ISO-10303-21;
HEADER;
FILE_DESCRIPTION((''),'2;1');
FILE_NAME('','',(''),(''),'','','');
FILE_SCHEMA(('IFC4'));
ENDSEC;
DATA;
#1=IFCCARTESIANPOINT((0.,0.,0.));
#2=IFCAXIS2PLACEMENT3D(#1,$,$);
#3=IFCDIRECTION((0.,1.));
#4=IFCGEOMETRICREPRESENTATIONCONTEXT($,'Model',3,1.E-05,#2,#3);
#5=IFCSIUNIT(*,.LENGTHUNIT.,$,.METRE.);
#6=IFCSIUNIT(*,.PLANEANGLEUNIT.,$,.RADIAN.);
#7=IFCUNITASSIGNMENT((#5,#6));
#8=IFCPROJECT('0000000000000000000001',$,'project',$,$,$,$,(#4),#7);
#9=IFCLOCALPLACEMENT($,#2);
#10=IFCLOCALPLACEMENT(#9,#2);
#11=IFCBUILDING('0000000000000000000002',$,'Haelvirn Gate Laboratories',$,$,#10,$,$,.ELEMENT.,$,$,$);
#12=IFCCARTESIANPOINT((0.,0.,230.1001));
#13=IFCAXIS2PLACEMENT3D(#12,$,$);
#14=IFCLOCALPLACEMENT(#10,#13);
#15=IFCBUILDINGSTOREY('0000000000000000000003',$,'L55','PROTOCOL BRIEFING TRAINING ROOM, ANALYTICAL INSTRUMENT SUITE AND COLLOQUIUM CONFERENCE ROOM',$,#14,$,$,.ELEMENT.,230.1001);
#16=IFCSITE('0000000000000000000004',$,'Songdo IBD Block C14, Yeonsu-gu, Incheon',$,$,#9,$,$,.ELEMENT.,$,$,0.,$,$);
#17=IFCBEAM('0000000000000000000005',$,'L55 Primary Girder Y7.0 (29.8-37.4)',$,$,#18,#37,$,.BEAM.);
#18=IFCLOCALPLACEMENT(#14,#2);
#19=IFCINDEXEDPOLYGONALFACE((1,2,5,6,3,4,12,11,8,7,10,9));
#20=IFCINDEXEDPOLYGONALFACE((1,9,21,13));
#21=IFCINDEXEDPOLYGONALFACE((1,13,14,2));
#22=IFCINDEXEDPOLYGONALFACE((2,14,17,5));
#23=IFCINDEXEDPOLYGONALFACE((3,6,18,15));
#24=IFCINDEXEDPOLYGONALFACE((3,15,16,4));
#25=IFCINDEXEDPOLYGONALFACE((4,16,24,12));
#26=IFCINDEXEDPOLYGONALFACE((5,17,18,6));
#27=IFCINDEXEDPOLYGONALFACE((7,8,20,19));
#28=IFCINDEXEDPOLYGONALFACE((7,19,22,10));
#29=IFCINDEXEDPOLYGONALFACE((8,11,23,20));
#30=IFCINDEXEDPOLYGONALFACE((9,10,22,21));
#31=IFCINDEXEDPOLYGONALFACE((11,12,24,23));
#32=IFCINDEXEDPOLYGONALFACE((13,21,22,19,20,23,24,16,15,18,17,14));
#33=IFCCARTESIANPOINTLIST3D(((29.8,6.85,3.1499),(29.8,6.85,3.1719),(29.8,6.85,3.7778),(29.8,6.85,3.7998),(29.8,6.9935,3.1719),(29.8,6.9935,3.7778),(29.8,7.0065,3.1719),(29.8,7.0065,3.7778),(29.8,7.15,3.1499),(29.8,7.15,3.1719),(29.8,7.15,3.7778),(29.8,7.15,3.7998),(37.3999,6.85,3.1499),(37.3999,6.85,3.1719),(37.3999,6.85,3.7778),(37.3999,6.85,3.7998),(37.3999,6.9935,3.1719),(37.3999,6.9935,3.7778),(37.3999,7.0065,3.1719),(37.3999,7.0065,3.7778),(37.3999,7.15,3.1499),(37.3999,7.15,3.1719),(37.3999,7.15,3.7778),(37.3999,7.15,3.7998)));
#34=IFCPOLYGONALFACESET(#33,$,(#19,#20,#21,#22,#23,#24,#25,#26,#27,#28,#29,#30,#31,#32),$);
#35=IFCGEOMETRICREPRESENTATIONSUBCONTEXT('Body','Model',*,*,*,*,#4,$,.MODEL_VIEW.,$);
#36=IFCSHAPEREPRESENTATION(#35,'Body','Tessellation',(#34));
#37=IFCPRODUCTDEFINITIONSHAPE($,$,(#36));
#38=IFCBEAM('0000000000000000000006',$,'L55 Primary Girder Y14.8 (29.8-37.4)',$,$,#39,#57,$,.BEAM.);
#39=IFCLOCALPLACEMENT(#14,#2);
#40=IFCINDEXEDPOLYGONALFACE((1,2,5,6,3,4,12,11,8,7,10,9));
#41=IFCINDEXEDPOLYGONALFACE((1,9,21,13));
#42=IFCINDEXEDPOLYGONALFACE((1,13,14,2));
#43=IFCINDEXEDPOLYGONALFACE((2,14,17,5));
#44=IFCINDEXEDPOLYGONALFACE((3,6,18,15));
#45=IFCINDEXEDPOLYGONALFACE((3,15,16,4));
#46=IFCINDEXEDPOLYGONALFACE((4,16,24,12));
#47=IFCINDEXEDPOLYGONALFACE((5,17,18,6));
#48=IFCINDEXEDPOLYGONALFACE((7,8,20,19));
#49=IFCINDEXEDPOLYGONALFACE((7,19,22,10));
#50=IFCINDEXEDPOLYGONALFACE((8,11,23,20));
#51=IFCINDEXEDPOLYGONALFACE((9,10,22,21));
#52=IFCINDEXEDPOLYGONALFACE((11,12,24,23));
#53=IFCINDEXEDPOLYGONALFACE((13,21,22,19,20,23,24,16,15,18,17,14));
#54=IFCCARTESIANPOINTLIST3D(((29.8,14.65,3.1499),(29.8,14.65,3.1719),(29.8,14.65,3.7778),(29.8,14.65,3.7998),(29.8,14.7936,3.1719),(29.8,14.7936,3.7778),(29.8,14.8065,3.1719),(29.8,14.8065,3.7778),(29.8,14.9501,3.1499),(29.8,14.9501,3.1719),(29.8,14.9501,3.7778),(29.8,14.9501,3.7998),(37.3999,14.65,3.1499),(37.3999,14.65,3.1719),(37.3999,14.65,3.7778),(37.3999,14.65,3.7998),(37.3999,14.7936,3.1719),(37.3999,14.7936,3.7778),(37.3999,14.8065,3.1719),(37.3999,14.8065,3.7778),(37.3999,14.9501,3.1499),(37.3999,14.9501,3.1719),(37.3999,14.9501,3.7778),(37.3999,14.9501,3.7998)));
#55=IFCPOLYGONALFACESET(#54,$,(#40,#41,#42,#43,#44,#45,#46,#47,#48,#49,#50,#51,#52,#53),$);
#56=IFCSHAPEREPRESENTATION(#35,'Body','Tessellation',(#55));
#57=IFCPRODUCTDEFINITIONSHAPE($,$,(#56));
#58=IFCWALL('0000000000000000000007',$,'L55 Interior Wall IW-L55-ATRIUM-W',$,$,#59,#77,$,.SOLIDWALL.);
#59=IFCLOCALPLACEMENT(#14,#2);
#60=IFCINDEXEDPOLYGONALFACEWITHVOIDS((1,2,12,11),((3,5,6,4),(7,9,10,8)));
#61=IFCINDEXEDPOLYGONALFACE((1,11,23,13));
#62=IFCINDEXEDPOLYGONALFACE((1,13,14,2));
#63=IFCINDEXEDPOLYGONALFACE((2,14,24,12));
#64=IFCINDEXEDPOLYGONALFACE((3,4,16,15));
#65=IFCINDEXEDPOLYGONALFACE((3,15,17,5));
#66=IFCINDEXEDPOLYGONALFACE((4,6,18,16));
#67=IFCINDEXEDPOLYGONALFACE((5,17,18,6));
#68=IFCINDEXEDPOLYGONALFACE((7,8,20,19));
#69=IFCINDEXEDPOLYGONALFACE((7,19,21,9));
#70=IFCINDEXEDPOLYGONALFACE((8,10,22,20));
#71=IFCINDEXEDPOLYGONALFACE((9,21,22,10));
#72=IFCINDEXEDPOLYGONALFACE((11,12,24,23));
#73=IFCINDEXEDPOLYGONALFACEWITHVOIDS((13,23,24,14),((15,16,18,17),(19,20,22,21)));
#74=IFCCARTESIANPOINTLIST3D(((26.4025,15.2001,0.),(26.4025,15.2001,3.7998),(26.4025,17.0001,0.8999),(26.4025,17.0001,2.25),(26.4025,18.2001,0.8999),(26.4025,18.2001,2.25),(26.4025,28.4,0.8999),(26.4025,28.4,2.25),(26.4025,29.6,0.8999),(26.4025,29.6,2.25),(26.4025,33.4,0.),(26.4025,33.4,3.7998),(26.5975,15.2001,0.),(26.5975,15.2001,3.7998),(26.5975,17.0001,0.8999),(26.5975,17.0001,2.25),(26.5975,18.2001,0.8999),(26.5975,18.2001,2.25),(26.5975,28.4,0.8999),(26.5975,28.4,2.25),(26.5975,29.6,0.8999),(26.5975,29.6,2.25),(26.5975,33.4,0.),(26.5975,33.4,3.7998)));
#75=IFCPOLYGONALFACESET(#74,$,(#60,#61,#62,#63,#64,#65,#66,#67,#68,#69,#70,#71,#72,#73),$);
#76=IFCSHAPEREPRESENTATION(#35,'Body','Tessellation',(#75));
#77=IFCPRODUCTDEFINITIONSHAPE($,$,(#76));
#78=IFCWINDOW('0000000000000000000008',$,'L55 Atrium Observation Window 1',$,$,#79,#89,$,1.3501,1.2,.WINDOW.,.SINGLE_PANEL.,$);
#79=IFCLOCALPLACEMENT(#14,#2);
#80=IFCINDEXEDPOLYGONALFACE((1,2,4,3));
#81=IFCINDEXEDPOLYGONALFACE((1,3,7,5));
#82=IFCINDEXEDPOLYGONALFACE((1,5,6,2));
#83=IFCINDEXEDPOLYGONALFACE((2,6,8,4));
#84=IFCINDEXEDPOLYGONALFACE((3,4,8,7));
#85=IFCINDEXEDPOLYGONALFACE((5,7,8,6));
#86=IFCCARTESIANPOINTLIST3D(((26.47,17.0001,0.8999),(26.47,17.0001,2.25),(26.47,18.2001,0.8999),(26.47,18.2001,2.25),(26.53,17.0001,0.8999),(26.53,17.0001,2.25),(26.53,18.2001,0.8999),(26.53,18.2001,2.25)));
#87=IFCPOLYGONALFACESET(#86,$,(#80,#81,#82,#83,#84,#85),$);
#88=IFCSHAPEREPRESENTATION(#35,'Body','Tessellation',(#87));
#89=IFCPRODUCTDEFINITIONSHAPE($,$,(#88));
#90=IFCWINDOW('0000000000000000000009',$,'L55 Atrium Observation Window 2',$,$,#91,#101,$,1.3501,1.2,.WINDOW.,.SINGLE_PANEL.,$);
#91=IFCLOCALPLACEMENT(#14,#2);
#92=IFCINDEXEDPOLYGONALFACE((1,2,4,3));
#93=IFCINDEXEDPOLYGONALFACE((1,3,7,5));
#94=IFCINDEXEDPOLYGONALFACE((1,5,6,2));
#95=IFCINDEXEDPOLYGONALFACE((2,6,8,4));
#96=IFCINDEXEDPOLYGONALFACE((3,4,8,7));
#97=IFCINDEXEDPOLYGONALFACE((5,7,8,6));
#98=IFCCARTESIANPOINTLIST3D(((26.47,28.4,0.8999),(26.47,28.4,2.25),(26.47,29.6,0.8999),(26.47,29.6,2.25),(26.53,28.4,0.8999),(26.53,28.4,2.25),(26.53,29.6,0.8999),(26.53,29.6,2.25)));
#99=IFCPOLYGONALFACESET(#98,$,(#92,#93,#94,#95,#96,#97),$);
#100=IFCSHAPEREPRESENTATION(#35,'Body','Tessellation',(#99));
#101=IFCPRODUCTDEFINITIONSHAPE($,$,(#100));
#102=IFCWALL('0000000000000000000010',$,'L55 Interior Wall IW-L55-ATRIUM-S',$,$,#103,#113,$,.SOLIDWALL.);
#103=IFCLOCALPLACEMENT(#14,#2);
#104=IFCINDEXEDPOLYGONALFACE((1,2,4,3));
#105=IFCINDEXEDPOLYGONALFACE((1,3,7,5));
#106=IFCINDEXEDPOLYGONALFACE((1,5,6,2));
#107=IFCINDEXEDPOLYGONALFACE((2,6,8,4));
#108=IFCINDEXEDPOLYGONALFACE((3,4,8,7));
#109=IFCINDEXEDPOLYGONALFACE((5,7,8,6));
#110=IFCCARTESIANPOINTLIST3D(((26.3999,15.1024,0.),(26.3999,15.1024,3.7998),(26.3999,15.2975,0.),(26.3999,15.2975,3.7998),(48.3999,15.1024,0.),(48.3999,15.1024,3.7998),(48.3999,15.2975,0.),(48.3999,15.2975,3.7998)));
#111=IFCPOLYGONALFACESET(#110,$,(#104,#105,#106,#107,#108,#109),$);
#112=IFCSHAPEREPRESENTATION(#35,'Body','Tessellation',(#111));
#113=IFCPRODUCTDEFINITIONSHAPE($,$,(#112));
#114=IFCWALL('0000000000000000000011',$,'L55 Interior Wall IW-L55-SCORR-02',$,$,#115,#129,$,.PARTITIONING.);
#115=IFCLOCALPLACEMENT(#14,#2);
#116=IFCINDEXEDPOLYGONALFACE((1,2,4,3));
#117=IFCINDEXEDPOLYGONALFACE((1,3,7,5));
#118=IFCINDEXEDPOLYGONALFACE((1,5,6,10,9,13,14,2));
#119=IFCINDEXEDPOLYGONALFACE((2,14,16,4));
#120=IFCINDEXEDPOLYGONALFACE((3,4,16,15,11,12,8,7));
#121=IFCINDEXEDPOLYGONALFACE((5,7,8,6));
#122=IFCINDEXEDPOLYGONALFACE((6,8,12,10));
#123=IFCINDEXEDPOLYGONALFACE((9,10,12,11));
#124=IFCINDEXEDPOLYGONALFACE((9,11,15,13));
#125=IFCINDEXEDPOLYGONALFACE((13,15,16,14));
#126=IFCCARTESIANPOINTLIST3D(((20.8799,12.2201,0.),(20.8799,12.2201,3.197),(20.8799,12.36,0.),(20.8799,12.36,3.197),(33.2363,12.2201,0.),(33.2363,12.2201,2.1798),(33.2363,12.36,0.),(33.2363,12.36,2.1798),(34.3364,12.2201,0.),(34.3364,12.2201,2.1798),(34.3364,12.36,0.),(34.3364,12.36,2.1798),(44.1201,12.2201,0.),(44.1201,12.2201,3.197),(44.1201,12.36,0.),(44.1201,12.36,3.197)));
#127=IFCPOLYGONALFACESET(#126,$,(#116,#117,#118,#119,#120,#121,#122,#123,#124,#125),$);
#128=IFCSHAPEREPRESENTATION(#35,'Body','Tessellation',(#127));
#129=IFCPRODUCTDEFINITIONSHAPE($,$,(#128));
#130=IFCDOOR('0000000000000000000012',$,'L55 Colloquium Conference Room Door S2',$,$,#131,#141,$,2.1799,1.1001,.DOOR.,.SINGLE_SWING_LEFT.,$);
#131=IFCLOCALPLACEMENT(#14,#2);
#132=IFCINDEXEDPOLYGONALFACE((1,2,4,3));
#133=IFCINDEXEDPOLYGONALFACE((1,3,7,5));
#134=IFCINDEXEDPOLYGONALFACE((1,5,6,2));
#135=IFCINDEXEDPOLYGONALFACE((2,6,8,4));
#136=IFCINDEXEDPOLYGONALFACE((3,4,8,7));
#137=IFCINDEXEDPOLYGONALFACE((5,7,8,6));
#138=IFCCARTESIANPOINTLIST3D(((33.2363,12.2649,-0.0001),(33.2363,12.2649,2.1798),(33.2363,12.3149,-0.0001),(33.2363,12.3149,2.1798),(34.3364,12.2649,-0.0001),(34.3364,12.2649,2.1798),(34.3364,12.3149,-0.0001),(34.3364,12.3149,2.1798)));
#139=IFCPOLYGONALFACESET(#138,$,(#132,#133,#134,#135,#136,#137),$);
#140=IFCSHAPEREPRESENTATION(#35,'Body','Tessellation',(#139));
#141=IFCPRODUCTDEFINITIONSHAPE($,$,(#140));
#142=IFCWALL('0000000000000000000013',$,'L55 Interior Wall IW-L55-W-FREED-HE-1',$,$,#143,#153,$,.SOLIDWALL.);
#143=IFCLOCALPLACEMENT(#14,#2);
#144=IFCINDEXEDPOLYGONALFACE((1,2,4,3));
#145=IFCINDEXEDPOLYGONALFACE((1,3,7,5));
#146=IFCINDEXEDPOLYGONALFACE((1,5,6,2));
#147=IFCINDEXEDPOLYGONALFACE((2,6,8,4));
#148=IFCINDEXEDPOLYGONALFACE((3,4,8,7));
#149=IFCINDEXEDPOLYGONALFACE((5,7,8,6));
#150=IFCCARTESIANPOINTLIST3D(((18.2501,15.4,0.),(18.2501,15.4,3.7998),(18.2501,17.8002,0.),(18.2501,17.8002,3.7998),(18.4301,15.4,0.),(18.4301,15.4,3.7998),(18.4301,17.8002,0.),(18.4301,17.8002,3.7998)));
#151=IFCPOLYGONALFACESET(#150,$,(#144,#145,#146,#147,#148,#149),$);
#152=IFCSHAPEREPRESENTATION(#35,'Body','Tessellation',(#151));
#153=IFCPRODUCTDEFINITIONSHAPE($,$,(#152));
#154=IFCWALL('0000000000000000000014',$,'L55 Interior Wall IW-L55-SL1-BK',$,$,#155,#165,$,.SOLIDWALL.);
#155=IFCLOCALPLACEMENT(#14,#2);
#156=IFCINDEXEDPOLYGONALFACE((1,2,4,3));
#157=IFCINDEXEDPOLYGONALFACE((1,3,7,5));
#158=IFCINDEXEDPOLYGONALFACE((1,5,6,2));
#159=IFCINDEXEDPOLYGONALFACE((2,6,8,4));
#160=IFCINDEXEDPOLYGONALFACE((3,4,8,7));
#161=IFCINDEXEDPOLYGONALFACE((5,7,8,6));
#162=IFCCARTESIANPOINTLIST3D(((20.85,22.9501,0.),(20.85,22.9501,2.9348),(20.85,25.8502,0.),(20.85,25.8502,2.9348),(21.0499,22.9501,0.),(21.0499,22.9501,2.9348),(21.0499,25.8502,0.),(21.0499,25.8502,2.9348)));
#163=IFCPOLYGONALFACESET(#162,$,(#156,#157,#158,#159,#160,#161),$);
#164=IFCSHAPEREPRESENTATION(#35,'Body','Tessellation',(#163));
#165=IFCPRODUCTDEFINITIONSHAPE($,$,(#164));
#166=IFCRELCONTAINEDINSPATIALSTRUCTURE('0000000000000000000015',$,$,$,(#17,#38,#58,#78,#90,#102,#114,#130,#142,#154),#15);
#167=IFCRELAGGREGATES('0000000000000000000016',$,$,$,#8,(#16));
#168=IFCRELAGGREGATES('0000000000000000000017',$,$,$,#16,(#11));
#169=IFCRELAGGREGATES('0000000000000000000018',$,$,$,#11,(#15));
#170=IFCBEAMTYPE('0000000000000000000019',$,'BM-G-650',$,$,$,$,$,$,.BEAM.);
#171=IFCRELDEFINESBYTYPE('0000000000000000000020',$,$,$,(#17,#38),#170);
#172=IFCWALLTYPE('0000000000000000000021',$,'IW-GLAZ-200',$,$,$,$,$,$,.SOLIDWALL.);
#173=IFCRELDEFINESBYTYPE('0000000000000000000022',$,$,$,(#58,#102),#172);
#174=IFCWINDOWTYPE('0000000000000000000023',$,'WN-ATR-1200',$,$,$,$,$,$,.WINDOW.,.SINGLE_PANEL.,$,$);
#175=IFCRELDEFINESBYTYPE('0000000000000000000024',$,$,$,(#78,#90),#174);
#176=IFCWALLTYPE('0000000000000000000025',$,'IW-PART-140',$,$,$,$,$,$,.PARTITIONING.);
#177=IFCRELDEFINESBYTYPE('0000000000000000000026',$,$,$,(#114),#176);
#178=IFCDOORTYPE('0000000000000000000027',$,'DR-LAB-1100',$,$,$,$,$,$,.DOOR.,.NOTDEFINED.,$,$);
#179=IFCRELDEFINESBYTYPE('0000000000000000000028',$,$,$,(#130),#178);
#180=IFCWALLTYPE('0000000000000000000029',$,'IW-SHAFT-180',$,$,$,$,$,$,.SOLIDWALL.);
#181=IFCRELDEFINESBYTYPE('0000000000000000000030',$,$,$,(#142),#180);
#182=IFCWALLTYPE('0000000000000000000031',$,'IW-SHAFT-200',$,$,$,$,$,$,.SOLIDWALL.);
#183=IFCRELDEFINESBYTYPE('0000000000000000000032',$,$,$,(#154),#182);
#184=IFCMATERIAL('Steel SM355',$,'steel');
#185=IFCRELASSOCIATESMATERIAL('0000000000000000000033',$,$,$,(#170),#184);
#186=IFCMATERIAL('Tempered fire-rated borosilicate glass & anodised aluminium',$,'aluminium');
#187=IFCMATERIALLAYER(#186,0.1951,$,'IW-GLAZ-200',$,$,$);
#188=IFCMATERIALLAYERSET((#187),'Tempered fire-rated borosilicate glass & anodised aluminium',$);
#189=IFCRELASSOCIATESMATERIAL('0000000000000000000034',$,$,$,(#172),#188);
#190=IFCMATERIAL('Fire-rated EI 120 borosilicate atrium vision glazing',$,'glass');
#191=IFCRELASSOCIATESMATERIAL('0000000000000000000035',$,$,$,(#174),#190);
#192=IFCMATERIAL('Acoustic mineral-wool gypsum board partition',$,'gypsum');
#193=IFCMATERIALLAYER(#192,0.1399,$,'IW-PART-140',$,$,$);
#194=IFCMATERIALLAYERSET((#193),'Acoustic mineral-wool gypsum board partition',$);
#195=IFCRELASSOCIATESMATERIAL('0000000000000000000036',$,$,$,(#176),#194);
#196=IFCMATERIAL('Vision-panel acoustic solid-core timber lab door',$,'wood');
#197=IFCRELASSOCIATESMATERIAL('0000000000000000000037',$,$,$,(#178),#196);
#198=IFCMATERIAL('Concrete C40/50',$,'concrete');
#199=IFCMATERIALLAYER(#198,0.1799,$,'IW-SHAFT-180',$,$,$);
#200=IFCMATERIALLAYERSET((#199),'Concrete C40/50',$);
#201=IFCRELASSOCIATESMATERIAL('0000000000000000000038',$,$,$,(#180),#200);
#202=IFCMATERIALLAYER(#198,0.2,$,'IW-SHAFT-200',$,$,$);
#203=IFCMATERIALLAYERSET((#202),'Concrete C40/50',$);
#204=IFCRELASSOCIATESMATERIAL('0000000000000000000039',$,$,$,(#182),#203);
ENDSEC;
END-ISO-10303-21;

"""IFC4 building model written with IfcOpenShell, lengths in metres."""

from ifc_helpers import new_model, si_unit, direction, frame, frame_2d, origin, origin_2d, place, context, subcontext, project, spatial, rectangle, i_section, extrude, source, transform, mapped, material, layer, layer_set, material_profile, profile_set, type_object, type_shapes, element, fill, save


model = new_model("IFC4")

# Units and contexts
model_context = context("Model", 3, precision=1e-05, world=origin(), true_north=direction((0.0, 1.0)))
body_context = subcontext(model_context, "Body", "Model", "MODEL_VIEW")
ifc_project = project(units=[si_unit("LENGTHUNIT", "METRE"), si_unit("PLANEANGLEUNIT", "RADIAN")], contexts=[model_context])

# Site, building, storey
site_placement = place(None, origin())
site = spatial("IfcSite", under=ifc_project, at=site_placement, Name="Songdo IBD Block C14, Yeonsu-gu, Incheon", CompositionType="ELEMENT", RefElevation=0.0)
building_placement = place(site_placement, origin())
building = spatial("IfcBuilding", under=site, at=building_placement, Name="Haelvirn Gate Laboratories", CompositionType="ELEMENT")
storey_placement = place(building_placement, frame((0.0, 0.0, 230.1001)))
storey = spatial("IfcBuildingStorey", under=building, at=storey_placement, Name="L55", Description="PROTOCOL BRIEFING TRAINING ROOM, ANALYTICAL INSTRUMENT SUITE AND COLLOQUIUM CONFERENCE ROOM", CompositionType="ELEMENT", Elevation=230.1001)

# Shared definitions
ifc_material_1 = material(Name="Steel SM355", Category="steel")

# Beams
ifc_material_profile_1 = material_profile(ifc_material_1, i_section(OverallWidth=0.3, OverallDepth=0.6499, WebThickness=0.0129, FlangeThickness=0.022, at=origin_2d()), Name="H-650x300x13x22")
ifc_profile_set_1 = profile_set([ifc_material_profile_1], Name="Steel SM355")
beam_type_1 = type_object("IfcBeamType", Name="BM-G-650", PredefinedType="BEAM", material=ifc_profile_set_1)
shared_shape_1 = source(origin(), body_context, "Body", "SweptSolid", [
    extrude(i_section(OverallWidth=0.3, OverallDepth=0.6499, WebThickness=0.0129, FlangeThickness=0.022, at=origin_2d()), origin(), (0.0, 0.0, 1.0), 7.5999),
])
for number, where, z_axis, x_axis, name in (
    (1, (29.8, 7.0, 3.4749), (1.0, 0.0, 0.0), (0.0, 1.0, 0.0), "L55 Primary Girder Y7.0 (29.8-37.4)"),
    (2, (29.8, 14.8, 3.4749), (1.0, 0.0, 0.0), (0.0, 1.0, 0.0), "L55 Primary Girder Y14.8 (29.8-37.4)"),
):
    element("IfcBeam", number, at=place(storey_placement, frame(where, z_axis=z_axis, x_axis=x_axis)), inside=storey, type_object=beam_type_1, Name=name, PredefinedType="BEAM", context=body_context, shape_type="MappedRepresentation", body=[
        mapped(shared_shape_1, transform((0.0, 0.0, 0.0), scale=1.0)),
    ])

# Wall, openings, windows
ifc_material_2 = material(Name="Tempered fire-rated borosilicate glass & anodised aluminium", Category="aluminium")
ifc_layer_1 = layer(ifc_material_2, 0.1951, Name="IW-GLAZ-200")
ifc_layer_set_1 = layer_set([ifc_layer_1], Name="Tempered fire-rated borosilicate glass & anodised aluminium")
wall_type_1 = type_object("IfcWallType", Name="IW-GLAZ-200", PredefinedType="SOLIDWALL", material=ifc_layer_set_1)
wall_1_placement = place(storey_placement, frame((26.5, 15.2, 0.0), z_axis=(0.0, 0.0, 1.0), x_axis=(0.0, 1.0, 0.0)))
wall_1 = element("IfcWall", 3, at=wall_1_placement, inside=storey, type_object=wall_type_1, Name="L55 Interior Wall IW-L55-ATRIUM-W", PredefinedType="SOLIDWALL", context=body_context, shape_type="SweptSolid", body=[
    extrude(rectangle(XDim=18.2, YDim=0.1951, at=frame_2d((9.1001, 0.0))), origin(), (0.0, 0.0, 1.0), 3.7998),
])
opening_1_placement = place(wall_1_placement, frame((1.8, 0.0, 0.8999)))
opening_1 = element("IfcOpeningElement", 4, at=opening_1_placement, cuts=wall_1, PredefinedType="OPENING", context=body_context, shape_type="SweptSolid", body=[
    extrude(rectangle(XDim=1.2, YDim=1.3501, at=frame_2d((0.6001, 0.675))), frame((0.0, 0.1074, 0.0), z_axis=(0.0, -1.0, 0.0), x_axis=(1.0, 0.0, 0.0)), (0.0, 0.0, 1.0), 0.2151),
])
opening_2_placement = place(wall_1_placement, frame((13.2, 0.0, 0.8999)))
opening_2 = element("IfcOpeningElement", 5, at=opening_2_placement, cuts=wall_1, PredefinedType="OPENING", context=body_context, shape_type="SweptSolid", body=[
    extrude(rectangle(XDim=1.2, YDim=1.3501, at=frame_2d((0.6001, 0.675))), frame((0.0, 0.1074, 0.0), z_axis=(0.0, -1.0, 0.0), x_axis=(1.0, 0.0, 0.0)), (0.0, 0.0, 1.0), 0.2151),
])
ifc_material_3 = material(Name="Fire-rated EI 120 borosilicate atrium vision glazing", Category="glass")
window_type = type_object("IfcWindowType", Name="WN-ATR-1200", PartitioningType="SINGLE_PANEL", PredefinedType="WINDOW", material=ifc_material_3)
shared_shape_2 = source(origin(), body_context, "Body", "SweptSolid", [
    extrude(rectangle(XDim=1.2, YDim=1.3501, at=frame_2d((0.6001, 0.675))), frame((0.0, 0.03, 0.0), z_axis=(0.0, -1.0, 0.0), x_axis=(1.0, 0.0, 0.0)), (0.0, 0.0, 1.0), 0.0601),
])
type_shapes(window_type, [shared_shape_2])
window_1_placement = place(opening_1_placement, origin())
window_1 = element("IfcWindow", 6, at=window_1_placement, inside=storey, type_object=window_type, Name="L55 Atrium Observation Window 1", OverallHeight=1.3501, OverallWidth=1.2, PartitioningType="SINGLE_PANEL", PredefinedType="WINDOW", context=body_context, shape_type="MappedRepresentation", body=[
    mapped(shared_shape_2, transform((0.0, 0.0, 0.0), scale=1.0)),
])
fill(opening_1, window_1)
window_2_placement = place(opening_2_placement, origin())
window_2 = element("IfcWindow", 7, at=window_2_placement, inside=storey, type_object=window_type, Name="L55 Atrium Observation Window 2", OverallHeight=1.3501, OverallWidth=1.2, PartitioningType="SINGLE_PANEL", PredefinedType="WINDOW", context=body_context, shape_type="MappedRepresentation", body=[
    mapped(shared_shape_2, transform((0.0, 0.0, 0.0), scale=1.0)),
])
fill(opening_2, window_2)

# Wall
wall_2_placement = place(storey_placement, frame((26.3999, 15.2, 0.0), z_axis=(0.0, 0.0, 1.0), x_axis=(1.0, 0.0, 0.0)))
element("IfcWall", 8, at=wall_2_placement, inside=storey, type_object=wall_type_1, Name="L55 Interior Wall IW-L55-ATRIUM-S", PredefinedType="SOLIDWALL", context=body_context, shape_type="SweptSolid", body=[
    extrude(rectangle(XDim=22.0, YDim=0.1951, at=frame_2d((11.0, 0.0))), origin(), (0.0, 0.0, 1.0), 3.7998),
])

# Wall, opening, door
ifc_material_4 = material(Name="Acoustic mineral-wool gypsum board partition", Category="gypsum")
ifc_layer_2 = layer(ifc_material_4, 0.1399, Name="IW-PART-140")
ifc_layer_set_2 = layer_set([ifc_layer_2], Name="Acoustic mineral-wool gypsum board partition")
wall_type_2 = type_object("IfcWallType", Name="IW-PART-140", PredefinedType="PARTITIONING", material=ifc_layer_set_2)
wall_3_placement = place(storey_placement, frame((20.8799, 12.29, 0.0), z_axis=(0.0, 0.0, 1.0), x_axis=(1.0, 0.0, 0.0)))
wall_3 = element("IfcWall", 9, at=wall_3_placement, inside=storey, type_object=wall_type_2, Name="L55 Interior Wall IW-L55-SCORR-02", PredefinedType="PARTITIONING", context=body_context, shape_type="SweptSolid", body=[
    extrude(rectangle(XDim=23.2402, YDim=0.1399, at=frame_2d((11.6201, 0.0))), origin(), (0.0, 0.0, 1.0), 3.197),
])
opening_3_placement = place(wall_3_placement, frame((12.3564, 0.0, 0.0)))
opening_3 = element("IfcOpeningElement", 10, at=opening_3_placement, cuts=wall_3, PredefinedType="OPENING", context=body_context, shape_type="SweptSolid", body=[
    extrude(rectangle(XDim=1.1001, YDim=2.1799, at=frame_2d((0.55, 1.0898))), frame((0.0, 0.0801, 0.0), z_axis=(0.0, -1.0, 0.0), x_axis=(1.0, 0.0, 0.0)), (0.0, 0.0, 1.0), 0.1599),
])
ifc_material_5 = material(Name="Vision-panel acoustic solid-core timber lab door", Category="wood")
door_type_1 = type_object("IfcDoorType", Name="DR-LAB-1100", OperationType="NOTDEFINED", PredefinedType="DOOR", material=ifc_material_5)
shared_shape_3 = source(origin(), body_context, "Body", "SweptSolid", [
    extrude(rectangle(XDim=1.1001, YDim=2.1799, at=frame_2d((0.55, 1.0898))), frame((0.0, 0.0249, 0.0), z_axis=(0.0, -1.0, 0.0), x_axis=(1.0, 0.0, 0.0)), (0.0, 0.0, 1.0), 0.05),
])
type_shapes(door_type_1, [shared_shape_3])
door_1_placement = place(opening_3_placement, origin())
door_1 = element("IfcDoor", 11, at=door_1_placement, inside=storey, type_object=door_type_1, Name="L55 Colloquium Conference Room Door S2", OperationType="SINGLE_SWING_LEFT", OverallHeight=2.1799, OverallWidth=1.1001, PredefinedType="DOOR", context=body_context, shape_type="MappedRepresentation", body=[
    mapped(shared_shape_3, transform((0.0, 0.0, 0.0), scale=1.0)),
])
fill(opening_3, door_1)

# Walls
ifc_material_6 = material(Name="Concrete C40/50", Category="concrete")
ifc_layer_3 = layer(ifc_material_6, 0.1799, Name="IW-SHAFT-180")
ifc_layer_set_3 = layer_set([ifc_layer_3], Name="Concrete C40/50")
wall_type_3 = type_object("IfcWallType", Name="IW-SHAFT-180", PredefinedType="SOLIDWALL", material=ifc_layer_set_3)
wall_4_placement = place(storey_placement, frame((18.3401, 15.3999, 0.0), z_axis=(0.0, 0.0, 1.0), x_axis=(0.0, 1.0, 0.0)))
element("IfcWall", 12, at=wall_4_placement, inside=storey, type_object=wall_type_3, Name="L55 Interior Wall IW-L55-W-FREED-HE-1", PredefinedType="SOLIDWALL", context=body_context, shape_type="SweptSolid", body=[
    extrude(rectangle(XDim=2.4001, YDim=0.1799, at=frame_2d((1.2002, 0.0))), origin(), (0.0, 0.0, 1.0), 3.7998),
])
ifc_layer_4 = layer(ifc_material_6, 0.2, Name="IW-SHAFT-200")
ifc_layer_set_4 = layer_set([ifc_layer_4], Name="Concrete C40/50")
wall_type_4 = type_object("IfcWallType", Name="IW-SHAFT-200", PredefinedType="SOLIDWALL", material=ifc_layer_set_4)
wall_5_placement = place(storey_placement, frame((20.95, 22.95, 0.0), z_axis=(0.0, 0.0, 1.0), x_axis=(0.0, 1.0, 0.0)))
element("IfcWall", 13, at=wall_5_placement, inside=storey, type_object=wall_type_4, Name="L55 Interior Wall IW-L55-SL1-BK", PredefinedType="SOLIDWALL", context=body_context, shape_type="SweptSolid", body=[
    extrude(rectangle(XDim=2.9001, YDim=0.2, at=frame_2d((1.4502, 0.0))), origin(), (0.0, 0.0, 1.0), 2.9348),
])

save(model, "model.ifc")
